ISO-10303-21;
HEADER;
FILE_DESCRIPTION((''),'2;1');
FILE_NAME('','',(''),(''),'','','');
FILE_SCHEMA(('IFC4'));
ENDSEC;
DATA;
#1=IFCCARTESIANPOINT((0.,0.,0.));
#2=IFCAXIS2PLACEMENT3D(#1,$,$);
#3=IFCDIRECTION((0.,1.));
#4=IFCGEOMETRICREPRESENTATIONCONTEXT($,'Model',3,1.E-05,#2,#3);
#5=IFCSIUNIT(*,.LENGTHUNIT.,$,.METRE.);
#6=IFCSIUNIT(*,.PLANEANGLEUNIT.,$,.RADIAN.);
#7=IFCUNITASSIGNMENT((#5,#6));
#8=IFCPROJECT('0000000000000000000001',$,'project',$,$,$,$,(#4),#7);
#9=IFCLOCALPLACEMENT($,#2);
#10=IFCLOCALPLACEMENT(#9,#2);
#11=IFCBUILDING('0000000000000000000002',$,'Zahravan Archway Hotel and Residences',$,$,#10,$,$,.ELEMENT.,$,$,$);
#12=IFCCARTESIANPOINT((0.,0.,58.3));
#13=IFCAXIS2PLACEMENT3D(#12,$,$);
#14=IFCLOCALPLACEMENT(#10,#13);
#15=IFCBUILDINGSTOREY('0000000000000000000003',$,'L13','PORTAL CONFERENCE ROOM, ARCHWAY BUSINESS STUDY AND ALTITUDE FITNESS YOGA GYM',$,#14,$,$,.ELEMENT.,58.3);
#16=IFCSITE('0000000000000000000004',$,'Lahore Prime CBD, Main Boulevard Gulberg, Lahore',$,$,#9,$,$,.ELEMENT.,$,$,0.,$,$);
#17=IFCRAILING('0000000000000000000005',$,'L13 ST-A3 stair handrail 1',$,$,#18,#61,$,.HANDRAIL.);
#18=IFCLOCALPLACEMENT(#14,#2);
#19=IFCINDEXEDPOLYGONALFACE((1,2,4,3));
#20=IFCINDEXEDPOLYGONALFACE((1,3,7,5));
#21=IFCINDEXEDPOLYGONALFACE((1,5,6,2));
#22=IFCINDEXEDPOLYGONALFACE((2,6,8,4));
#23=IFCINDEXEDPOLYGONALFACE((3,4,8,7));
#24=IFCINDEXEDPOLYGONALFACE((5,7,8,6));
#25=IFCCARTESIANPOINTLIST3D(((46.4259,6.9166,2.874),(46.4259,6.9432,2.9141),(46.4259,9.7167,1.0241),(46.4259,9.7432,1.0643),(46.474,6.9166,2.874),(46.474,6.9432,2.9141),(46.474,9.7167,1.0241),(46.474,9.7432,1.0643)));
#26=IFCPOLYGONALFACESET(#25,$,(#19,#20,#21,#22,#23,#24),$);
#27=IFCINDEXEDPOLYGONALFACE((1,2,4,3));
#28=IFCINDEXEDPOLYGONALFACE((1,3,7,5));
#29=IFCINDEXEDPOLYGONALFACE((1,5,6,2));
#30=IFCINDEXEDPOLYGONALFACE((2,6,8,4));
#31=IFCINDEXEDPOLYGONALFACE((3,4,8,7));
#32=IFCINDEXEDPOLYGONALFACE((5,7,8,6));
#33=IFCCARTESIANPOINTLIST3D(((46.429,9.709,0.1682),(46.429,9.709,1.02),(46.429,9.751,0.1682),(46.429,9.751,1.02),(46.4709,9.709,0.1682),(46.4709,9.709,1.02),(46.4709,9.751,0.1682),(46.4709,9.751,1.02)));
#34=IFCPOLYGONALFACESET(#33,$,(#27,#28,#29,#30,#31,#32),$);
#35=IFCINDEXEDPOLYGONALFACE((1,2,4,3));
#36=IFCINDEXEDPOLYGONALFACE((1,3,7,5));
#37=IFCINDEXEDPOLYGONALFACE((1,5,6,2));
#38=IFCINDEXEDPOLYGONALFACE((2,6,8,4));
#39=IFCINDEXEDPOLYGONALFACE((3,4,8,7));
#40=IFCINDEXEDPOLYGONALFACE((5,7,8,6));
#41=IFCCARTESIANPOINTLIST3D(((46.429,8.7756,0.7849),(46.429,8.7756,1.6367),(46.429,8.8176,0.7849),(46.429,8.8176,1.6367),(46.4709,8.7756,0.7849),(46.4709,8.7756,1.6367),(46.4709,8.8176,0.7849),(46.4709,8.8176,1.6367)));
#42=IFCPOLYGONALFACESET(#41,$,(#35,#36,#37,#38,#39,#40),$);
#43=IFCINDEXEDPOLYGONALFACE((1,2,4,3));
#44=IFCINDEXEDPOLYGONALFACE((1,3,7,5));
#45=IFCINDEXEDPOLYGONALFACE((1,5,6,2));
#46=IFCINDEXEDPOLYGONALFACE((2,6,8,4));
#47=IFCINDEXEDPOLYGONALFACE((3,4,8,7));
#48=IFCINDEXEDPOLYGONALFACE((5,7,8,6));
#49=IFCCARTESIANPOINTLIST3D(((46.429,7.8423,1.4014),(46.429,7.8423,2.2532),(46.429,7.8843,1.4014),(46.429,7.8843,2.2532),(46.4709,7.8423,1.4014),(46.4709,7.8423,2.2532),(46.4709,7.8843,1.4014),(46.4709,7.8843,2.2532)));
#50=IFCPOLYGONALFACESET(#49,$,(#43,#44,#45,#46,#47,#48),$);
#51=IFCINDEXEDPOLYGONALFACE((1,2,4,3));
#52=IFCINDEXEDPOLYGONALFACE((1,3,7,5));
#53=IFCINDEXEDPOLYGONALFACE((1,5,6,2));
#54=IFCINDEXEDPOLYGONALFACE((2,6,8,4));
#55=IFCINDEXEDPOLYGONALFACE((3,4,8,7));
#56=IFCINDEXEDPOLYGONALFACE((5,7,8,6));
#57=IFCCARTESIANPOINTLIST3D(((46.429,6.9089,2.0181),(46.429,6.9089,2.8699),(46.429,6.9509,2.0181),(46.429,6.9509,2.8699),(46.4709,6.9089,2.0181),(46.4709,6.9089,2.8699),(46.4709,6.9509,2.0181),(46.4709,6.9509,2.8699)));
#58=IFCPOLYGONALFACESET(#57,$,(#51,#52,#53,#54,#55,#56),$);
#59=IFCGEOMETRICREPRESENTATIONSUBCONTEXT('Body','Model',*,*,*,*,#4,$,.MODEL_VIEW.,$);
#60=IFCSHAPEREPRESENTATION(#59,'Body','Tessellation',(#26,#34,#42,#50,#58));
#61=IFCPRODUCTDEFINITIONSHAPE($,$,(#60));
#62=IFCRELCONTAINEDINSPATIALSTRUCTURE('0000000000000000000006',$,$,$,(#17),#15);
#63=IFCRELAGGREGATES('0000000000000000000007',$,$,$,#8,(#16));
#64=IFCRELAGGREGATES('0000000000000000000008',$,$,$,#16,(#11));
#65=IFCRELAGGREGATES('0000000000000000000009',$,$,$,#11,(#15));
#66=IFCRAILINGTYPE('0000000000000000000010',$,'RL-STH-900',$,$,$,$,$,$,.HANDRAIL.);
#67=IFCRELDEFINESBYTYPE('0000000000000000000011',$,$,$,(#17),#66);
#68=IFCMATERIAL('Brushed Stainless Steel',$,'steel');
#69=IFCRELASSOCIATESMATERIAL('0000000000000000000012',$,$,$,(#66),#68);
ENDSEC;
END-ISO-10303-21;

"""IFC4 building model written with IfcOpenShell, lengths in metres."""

from ifc_helpers import new_model, si_unit, direction, frame, origin, origin_2d, place, context, subcontext, project, spatial, rectangle, extrude, material, type_object, element, save


model = new_model("IFC4")

# Units and contexts
model_context = context("Model", 3, precision=1e-05, world=origin(), true_north=direction((0.0, 1.0)))
body_context = subcontext(model_context, "Body", "Model", "MODEL_VIEW")
ifc_project = project(units=[si_unit("LENGTHUNIT", "METRE"), si_unit("PLANEANGLEUNIT", "RADIAN")], contexts=[model_context])

# Site, building, storey
site_placement = place(None, origin())
site = spatial("IfcSite", under=ifc_project, at=site_placement, Name="Lahore Prime CBD, Main Boulevard Gulberg, Lahore", CompositionType="ELEMENT", RefElevation=0.0)
building_placement = place(site_placement, origin())
building = spatial("IfcBuilding", under=site, at=building_placement, Name="Zahravan Archway Hotel and Residences", CompositionType="ELEMENT")
storey_placement = place(building_placement, frame((0.0, 0.0, 58.3)))
storey = spatial("IfcBuildingStorey", under=building, at=storey_placement, Name="L13", Description="PORTAL CONFERENCE ROOM, ARCHWAY BUSINESS STUDY AND ALTITUDE FITNESS YOGA GYM", CompositionType="ELEMENT", Elevation=58.3)

# Railing
ifc_material_1 = material(Name="Brushed Stainless Steel", Category="steel")
railing_type_1 = type_object("IfcRailingType", Name="RL-STH-900", PredefinedType="HANDRAIL", material=ifc_material_1)
railing_1_placement = place(storey_placement, frame((46.45, 9.73, 0.1682)))
element("IfcRailing", 1, at=railing_1_placement, inside=storey, type_object=railing_type_1, Name="L13 ST-A3 stair handrail 1", PredefinedType="HANDRAIL", context=body_context, shape_type="SweptSolid", body=[
    extrude(rectangle(XDim=0.0481, YDim=0.0481, at=origin_2d()), frame((0.0, 0.0, 0.876), z_axis=(0.0, -0.83436, 0.55122), x_axis=(1.0, 0.0, 0.0)), (0.0, 0.0, 1.0), 3.356),
    extrude(rectangle(XDim=0.042, YDim=0.042, at=origin_2d()), origin(), (0.0, 0.0, 1.0), 0.8518),
    extrude(rectangle(XDim=0.042, YDim=0.042, at=origin_2d()), frame((0.0, -0.9333, 0.6167)), (0.0, 0.0, 1.0), 0.8518),
    extrude(rectangle(XDim=0.042, YDim=0.042, at=origin_2d()), frame((0.0, -1.8667, 1.2332)), (0.0, 0.0, 1.0), 0.8518),
    extrude(rectangle(XDim=0.042, YDim=0.042, at=origin_2d()), frame((0.0, -2.8, 1.8499)), (0.0, 0.0, 1.0), 0.8518),
])

save(model, "model.ifc")
